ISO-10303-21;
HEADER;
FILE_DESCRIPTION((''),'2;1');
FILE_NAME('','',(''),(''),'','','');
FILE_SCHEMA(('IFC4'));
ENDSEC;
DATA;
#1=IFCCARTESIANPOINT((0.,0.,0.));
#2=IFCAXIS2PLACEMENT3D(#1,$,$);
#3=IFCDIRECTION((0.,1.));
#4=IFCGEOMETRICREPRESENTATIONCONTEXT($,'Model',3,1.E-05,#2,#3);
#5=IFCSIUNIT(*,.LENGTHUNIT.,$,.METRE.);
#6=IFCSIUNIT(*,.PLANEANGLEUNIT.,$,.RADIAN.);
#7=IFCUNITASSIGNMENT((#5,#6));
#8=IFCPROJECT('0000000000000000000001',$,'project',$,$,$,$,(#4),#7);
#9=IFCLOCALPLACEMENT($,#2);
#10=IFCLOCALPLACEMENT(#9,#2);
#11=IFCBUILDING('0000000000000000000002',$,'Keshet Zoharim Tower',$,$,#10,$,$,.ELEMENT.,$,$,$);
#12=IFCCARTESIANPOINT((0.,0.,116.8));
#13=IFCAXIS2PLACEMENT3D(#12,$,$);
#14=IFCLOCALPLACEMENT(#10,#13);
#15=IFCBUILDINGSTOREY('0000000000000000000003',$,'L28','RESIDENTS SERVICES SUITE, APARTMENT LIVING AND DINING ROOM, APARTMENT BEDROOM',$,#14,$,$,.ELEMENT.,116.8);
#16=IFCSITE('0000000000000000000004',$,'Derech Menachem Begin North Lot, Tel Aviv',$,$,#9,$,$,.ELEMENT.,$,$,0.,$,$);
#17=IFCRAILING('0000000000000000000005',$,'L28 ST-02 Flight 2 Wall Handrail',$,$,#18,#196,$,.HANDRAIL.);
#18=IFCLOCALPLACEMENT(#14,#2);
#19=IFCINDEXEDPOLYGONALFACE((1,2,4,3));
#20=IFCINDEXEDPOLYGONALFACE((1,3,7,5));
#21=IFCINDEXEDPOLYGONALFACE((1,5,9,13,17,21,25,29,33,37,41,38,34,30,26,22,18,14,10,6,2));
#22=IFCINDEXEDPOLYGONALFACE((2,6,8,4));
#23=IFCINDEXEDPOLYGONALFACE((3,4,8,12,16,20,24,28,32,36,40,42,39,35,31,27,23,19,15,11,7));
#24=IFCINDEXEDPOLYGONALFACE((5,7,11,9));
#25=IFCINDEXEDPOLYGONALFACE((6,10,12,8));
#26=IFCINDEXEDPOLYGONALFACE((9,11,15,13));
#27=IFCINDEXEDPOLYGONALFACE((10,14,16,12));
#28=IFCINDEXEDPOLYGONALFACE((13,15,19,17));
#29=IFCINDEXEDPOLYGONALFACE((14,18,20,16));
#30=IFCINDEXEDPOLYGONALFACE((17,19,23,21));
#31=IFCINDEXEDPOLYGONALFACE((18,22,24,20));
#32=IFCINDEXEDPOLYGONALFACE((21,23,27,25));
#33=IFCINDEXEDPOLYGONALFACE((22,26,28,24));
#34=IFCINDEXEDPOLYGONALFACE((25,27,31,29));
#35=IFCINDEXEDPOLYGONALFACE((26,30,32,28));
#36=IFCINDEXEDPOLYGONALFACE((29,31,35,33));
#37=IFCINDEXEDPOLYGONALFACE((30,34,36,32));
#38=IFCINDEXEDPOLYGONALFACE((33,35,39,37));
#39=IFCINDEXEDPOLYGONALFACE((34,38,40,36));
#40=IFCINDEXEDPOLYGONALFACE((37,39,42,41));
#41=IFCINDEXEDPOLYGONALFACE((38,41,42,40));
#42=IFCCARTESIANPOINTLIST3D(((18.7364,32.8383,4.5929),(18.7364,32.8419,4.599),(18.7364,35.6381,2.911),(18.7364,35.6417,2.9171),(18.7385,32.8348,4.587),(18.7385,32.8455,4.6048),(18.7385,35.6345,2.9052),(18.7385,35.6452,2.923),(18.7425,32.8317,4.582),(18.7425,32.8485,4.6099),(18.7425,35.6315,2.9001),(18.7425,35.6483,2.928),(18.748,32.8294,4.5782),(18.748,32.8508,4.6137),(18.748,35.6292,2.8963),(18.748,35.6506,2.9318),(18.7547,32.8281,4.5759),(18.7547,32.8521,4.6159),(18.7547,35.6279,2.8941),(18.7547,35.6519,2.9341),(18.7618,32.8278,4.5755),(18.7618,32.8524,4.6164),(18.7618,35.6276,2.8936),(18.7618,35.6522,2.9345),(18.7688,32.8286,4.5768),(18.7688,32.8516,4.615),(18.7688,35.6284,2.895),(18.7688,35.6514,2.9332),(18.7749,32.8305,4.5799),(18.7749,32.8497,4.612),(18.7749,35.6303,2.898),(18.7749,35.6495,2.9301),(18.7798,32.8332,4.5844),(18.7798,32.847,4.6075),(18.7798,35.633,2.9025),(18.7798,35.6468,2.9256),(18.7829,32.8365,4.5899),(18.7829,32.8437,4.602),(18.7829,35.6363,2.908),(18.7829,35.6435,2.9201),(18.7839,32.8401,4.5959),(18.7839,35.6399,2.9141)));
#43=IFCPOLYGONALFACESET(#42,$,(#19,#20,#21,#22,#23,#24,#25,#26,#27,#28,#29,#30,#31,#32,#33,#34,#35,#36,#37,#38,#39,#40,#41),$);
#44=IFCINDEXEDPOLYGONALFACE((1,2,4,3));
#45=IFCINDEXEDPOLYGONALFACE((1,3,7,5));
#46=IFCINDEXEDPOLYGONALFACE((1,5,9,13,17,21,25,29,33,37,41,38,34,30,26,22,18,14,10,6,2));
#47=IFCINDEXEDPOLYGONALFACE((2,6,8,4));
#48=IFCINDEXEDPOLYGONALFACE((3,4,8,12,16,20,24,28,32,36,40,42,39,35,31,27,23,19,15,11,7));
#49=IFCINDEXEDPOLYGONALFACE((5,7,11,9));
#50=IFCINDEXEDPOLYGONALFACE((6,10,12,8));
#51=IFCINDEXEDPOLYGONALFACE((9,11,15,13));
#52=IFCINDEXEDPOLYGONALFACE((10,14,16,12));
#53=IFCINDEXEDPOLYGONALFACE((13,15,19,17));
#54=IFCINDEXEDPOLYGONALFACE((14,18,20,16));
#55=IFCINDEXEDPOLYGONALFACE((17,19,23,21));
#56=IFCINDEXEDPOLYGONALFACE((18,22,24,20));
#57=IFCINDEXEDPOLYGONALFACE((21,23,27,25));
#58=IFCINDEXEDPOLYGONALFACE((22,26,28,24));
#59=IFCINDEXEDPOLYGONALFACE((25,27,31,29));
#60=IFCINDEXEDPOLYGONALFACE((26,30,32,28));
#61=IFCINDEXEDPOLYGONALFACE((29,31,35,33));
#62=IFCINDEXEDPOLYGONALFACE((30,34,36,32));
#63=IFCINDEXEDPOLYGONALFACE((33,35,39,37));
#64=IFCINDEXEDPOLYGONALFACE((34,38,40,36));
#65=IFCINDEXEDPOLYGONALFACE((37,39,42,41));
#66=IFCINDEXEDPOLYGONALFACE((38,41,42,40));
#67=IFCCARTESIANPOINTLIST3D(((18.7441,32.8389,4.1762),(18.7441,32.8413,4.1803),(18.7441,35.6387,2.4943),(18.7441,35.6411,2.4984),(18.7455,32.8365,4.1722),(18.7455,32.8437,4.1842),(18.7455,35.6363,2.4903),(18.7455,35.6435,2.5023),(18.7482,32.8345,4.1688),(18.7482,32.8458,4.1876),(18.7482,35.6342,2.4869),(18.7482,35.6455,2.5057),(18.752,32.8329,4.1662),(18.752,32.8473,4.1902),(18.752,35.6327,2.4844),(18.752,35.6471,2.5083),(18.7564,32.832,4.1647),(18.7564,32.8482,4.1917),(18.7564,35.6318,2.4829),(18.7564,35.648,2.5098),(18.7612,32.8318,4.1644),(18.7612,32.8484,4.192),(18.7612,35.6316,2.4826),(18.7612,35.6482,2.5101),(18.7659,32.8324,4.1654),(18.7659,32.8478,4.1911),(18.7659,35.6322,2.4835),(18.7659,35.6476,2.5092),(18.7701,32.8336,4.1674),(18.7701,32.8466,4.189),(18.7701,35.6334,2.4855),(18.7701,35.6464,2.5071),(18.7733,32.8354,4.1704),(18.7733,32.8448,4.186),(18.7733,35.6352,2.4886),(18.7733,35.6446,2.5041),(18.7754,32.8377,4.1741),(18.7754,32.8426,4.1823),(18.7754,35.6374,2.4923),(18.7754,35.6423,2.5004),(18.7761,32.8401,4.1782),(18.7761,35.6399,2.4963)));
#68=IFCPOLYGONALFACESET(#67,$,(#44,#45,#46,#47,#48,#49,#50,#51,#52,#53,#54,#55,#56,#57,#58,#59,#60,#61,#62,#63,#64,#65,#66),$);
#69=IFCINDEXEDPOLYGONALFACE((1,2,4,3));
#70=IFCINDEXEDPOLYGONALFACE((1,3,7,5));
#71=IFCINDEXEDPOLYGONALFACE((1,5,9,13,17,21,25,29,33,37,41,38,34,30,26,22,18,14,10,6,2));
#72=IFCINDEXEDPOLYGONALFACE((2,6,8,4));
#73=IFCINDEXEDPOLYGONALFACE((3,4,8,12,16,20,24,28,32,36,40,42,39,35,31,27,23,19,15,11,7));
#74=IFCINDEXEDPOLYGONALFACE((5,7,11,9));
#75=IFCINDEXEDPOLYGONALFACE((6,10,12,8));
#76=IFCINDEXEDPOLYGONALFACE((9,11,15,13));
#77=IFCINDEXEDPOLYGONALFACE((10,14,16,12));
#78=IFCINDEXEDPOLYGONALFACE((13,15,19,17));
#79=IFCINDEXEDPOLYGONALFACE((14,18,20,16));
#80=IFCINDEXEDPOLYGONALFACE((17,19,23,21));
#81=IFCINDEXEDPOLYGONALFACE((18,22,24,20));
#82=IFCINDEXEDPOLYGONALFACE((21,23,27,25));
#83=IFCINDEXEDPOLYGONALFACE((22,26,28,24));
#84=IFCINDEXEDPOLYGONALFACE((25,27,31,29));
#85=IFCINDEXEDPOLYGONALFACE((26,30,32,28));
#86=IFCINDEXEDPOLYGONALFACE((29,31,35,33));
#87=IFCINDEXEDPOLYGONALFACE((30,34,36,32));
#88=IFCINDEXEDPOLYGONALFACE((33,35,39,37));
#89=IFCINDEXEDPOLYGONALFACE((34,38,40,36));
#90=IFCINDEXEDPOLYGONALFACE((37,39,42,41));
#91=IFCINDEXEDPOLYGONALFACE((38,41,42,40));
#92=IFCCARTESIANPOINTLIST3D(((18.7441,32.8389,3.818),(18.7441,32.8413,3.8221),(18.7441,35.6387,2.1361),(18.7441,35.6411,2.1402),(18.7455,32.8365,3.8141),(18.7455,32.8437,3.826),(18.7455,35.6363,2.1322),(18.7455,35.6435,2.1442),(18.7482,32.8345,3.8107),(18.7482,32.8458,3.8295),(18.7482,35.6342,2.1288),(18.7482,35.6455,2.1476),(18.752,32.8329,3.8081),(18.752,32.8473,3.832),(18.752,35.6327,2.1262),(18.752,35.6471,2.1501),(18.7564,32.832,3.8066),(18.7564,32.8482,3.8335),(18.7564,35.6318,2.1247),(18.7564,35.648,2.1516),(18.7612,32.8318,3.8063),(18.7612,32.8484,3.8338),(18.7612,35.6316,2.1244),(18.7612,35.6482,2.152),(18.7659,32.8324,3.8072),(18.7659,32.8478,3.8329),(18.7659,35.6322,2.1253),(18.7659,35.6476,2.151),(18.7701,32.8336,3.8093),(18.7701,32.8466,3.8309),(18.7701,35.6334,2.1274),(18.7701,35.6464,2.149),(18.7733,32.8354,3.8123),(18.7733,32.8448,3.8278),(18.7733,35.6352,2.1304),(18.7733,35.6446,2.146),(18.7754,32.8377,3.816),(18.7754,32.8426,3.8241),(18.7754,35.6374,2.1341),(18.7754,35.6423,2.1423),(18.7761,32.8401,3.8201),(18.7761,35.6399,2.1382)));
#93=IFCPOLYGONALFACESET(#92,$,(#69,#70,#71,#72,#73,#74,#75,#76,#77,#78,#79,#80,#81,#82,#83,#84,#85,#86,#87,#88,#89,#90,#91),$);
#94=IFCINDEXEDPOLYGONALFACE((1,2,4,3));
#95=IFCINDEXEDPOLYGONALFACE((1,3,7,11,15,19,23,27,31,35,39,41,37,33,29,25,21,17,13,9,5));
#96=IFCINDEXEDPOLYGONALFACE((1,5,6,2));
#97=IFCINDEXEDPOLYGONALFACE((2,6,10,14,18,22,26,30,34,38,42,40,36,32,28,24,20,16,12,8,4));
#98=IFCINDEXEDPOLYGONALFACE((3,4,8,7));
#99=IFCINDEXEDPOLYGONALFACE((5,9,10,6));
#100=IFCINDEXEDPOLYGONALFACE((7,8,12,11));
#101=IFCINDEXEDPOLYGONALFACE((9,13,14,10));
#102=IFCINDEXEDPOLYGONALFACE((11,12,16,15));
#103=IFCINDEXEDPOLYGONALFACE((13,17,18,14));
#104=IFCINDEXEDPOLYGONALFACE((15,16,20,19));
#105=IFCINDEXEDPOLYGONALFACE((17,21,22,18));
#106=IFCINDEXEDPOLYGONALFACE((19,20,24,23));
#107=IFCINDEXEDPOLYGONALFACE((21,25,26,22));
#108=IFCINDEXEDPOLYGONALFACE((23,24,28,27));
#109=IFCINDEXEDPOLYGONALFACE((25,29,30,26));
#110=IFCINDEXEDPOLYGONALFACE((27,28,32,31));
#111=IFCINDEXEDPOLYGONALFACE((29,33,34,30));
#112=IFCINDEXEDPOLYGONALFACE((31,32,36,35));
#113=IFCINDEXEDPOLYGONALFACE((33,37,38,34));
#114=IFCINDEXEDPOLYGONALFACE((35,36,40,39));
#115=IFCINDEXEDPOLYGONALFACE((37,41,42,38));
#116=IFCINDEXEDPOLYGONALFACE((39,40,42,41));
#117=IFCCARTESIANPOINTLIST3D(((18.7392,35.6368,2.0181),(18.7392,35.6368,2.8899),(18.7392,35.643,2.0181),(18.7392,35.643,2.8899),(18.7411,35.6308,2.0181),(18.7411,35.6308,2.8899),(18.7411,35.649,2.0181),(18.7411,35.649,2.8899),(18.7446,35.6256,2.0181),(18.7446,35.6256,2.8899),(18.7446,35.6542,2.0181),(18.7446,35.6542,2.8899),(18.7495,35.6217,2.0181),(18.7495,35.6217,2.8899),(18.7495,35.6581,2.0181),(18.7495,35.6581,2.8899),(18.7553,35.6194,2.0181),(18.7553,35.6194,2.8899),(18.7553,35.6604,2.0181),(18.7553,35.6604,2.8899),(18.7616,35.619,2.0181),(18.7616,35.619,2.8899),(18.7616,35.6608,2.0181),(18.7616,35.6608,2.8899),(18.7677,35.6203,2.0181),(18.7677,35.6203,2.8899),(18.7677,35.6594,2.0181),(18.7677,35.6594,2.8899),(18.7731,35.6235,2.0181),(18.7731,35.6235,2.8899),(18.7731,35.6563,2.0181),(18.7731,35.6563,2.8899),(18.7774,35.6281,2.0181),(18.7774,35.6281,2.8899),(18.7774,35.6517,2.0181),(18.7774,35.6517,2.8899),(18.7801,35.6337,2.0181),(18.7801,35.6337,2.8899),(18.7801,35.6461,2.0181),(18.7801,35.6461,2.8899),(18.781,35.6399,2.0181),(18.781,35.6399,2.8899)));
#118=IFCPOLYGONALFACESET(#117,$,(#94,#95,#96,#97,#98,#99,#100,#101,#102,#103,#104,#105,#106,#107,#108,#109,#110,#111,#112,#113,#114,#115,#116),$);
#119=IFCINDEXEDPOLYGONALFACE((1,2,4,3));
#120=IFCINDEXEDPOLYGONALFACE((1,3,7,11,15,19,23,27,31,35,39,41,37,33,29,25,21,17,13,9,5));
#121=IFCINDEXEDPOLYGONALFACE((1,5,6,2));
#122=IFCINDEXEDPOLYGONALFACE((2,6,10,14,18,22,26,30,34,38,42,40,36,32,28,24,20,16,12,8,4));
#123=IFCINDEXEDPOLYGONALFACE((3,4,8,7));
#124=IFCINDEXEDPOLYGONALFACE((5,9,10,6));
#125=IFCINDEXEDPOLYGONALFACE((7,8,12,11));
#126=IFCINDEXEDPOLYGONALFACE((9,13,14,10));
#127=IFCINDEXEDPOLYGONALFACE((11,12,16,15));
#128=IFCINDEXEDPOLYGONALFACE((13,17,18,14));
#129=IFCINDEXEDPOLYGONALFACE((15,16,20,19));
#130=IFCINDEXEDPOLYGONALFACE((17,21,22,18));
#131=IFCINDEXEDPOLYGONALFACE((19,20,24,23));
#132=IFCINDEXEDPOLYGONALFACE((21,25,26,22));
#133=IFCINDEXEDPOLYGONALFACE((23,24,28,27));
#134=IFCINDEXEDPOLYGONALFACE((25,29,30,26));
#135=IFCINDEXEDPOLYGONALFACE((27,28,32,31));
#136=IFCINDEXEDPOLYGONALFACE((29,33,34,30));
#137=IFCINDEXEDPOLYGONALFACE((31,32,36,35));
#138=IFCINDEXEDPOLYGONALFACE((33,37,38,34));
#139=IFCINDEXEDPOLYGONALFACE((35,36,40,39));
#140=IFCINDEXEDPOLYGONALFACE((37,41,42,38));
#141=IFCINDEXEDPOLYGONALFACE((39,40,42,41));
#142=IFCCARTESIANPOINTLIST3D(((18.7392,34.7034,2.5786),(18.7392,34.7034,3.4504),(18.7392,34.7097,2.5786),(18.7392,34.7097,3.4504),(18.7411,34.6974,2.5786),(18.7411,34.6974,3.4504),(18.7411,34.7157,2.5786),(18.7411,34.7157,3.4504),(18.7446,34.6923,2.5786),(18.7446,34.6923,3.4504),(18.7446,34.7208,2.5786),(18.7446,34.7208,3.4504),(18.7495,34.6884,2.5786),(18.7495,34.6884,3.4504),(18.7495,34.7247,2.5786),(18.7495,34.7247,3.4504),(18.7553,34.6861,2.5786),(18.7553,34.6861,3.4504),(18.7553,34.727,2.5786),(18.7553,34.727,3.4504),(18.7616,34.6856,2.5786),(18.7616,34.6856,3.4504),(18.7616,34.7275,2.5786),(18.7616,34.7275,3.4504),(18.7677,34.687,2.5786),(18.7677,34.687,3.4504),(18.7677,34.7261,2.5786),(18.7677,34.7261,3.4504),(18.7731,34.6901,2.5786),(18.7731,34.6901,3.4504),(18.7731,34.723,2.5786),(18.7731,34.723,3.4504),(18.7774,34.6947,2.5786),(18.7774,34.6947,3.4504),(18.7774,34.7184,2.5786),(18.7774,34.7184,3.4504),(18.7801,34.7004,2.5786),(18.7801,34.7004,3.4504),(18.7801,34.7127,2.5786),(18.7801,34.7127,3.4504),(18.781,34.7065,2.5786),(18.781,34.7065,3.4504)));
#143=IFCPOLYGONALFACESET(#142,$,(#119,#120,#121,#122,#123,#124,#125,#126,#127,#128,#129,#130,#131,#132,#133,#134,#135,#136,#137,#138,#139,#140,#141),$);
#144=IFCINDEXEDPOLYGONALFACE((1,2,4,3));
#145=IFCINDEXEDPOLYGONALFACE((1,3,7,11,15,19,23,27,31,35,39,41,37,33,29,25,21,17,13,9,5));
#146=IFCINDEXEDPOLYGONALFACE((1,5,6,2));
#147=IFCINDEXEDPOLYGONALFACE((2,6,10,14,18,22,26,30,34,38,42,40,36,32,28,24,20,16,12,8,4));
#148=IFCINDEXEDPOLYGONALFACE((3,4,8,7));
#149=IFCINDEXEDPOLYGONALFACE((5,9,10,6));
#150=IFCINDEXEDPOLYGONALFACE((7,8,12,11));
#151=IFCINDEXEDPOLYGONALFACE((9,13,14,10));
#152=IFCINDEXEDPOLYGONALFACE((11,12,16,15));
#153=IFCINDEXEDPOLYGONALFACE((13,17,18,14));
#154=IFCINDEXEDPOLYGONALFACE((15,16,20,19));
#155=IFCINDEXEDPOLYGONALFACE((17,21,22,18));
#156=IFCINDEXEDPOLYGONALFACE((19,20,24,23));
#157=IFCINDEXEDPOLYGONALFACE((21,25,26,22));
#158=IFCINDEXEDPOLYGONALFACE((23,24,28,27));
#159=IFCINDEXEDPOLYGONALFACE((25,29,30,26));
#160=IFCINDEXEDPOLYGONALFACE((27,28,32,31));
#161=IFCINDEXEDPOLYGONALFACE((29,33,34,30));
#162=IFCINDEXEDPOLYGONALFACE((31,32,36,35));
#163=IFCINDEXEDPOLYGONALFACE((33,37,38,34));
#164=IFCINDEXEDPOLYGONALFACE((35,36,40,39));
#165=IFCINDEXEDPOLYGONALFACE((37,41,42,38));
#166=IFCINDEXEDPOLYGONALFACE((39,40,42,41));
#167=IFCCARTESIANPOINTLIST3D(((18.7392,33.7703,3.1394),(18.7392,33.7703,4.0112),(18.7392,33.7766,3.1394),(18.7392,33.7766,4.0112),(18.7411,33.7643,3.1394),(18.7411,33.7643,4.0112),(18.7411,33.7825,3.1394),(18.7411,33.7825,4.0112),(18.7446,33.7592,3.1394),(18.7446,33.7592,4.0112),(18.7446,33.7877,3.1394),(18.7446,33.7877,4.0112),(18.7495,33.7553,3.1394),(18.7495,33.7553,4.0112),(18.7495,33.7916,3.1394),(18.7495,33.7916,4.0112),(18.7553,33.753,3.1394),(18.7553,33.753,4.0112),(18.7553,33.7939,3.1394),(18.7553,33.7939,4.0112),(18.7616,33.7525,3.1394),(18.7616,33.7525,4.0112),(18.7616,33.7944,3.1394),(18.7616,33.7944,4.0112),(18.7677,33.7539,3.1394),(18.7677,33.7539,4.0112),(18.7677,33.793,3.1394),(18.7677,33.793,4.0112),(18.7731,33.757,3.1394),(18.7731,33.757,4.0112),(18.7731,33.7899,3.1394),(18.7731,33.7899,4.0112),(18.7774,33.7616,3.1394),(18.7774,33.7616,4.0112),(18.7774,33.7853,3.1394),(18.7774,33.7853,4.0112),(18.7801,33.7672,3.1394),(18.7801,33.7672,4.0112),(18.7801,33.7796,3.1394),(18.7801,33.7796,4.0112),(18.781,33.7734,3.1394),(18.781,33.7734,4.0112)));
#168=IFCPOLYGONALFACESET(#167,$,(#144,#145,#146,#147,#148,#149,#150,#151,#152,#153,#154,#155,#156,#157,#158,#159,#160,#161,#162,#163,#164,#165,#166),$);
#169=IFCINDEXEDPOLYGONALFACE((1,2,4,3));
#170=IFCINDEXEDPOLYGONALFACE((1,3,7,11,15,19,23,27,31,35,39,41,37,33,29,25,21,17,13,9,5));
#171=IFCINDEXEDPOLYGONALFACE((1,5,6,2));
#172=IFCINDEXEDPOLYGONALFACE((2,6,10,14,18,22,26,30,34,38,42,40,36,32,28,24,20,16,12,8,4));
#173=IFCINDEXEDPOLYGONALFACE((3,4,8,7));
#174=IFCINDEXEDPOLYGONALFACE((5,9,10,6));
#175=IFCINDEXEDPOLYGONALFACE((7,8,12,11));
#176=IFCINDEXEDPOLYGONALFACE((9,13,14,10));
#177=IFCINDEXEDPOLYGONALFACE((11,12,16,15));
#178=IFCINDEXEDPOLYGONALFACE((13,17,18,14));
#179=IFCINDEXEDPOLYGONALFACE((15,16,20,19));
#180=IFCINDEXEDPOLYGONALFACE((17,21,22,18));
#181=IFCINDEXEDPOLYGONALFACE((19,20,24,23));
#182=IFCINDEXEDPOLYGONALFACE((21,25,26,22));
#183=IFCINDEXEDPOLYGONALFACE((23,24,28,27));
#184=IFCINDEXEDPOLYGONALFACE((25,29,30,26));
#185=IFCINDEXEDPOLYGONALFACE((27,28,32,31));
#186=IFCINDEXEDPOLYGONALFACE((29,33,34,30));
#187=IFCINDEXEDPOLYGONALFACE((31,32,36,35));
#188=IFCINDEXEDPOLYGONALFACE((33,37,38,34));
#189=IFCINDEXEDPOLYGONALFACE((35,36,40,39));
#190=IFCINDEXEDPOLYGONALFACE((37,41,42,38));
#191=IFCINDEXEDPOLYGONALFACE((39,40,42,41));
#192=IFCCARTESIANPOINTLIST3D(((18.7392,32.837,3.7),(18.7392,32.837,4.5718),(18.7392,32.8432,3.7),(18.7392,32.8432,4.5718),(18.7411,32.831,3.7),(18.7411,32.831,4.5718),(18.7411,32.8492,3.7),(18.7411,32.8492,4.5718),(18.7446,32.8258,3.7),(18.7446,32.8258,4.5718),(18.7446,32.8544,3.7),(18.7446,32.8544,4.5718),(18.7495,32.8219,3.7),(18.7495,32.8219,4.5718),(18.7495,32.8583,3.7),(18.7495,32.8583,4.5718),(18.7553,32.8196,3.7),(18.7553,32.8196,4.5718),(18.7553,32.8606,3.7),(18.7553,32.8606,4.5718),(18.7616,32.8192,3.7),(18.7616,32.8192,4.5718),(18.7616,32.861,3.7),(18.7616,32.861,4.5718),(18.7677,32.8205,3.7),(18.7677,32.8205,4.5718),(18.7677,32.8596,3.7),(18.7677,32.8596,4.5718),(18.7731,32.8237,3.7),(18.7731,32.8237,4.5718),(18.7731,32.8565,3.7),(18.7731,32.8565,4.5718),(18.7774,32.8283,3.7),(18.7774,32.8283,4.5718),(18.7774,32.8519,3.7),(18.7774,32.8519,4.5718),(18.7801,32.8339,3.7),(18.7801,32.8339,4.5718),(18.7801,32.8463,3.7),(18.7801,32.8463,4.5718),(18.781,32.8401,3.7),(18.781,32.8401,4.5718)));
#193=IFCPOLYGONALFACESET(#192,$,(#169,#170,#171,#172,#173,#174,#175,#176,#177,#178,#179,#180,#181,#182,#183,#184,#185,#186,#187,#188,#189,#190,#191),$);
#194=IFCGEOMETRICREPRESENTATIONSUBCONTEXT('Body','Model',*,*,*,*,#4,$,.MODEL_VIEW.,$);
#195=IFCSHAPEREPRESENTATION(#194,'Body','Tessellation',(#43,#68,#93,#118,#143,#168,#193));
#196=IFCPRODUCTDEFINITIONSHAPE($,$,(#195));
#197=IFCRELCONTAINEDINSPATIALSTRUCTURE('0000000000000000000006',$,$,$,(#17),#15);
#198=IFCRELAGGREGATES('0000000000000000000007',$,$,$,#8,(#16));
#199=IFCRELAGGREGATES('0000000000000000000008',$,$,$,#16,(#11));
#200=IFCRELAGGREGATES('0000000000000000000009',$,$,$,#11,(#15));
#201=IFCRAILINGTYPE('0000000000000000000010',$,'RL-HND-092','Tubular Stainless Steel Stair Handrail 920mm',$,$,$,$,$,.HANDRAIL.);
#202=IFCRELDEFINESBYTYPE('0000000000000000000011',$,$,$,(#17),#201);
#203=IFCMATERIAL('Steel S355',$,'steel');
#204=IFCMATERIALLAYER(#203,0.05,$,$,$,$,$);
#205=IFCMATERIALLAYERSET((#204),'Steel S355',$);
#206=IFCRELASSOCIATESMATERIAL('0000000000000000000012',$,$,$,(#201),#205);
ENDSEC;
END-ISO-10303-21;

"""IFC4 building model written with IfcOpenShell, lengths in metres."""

from ifc_helpers import new_model, si_unit, direction, frame, origin, origin_2d, place, context, subcontext, project, spatial, circle, extrude, material, layer, layer_set, type_object, element, save


model = new_model("IFC4")

# Units and contexts
model_context = context("Model", 3, precision=1e-05, world=origin(), true_north=direction((0.0, 1.0)))
body_context = subcontext(model_context, "Body", "Model", "MODEL_VIEW")
ifc_project = project(units=[si_unit("LENGTHUNIT", "METRE"), si_unit("PLANEANGLEUNIT", "RADIAN")], contexts=[model_context])

# Site, building, storey
site_placement = place(None, origin())
site = spatial("IfcSite", under=ifc_project, at=site_placement, Name="Derech Menachem Begin North Lot, Tel Aviv", CompositionType="ELEMENT", RefElevation=0.0)
building_placement = place(site_placement, origin())
building = spatial("IfcBuilding", under=site, at=building_placement, Name="Keshet Zoharim Tower", CompositionType="ELEMENT")
storey_placement = place(building_placement, frame((0.0, 0.0, 116.8)))
storey = spatial("IfcBuildingStorey", under=building, at=storey_placement, Name="L28", Description="RESIDENTS SERVICES SUITE, APARTMENT LIVING AND DINING ROOM, APARTMENT BEDROOM", CompositionType="ELEMENT", Elevation=116.8)

# Shared definitions
ifc_material_1 = material(Name="Steel S355", Category="steel")

# Railing
ifc_layer_1 = layer(ifc_material_1, 0.05)
ifc_layer_set_1 = layer_set([ifc_layer_1], Name="Steel S355")
railing_type_1 = type_object("IfcRailingType", Name="RL-HND-092", Description="Tubular Stainless Steel Stair Handrail 920mm", PredefinedType="HANDRAIL", material=ifc_layer_set_1)
railing_1_placement = place(storey_placement, frame((18.76, 35.6399, 2.0181)))
element("IfcRailing", 1, at=railing_1_placement, inside=storey, type_object=railing_type_1, Name="L28 ST-02 Flight 2 Wall Handrail", PredefinedType="HANDRAIL", context=body_context, shape_type="SweptSolid", body=[
    extrude(circle(Radius=0.0239, at=origin_2d()), frame((0.0, 0.0, 0.896), z_axis=(0.0, -0.857222, 0.514946), x_axis=(1.0, 0.0, 0.0)), (0.0, 0.0, 1.0), 3.2661),
    extrude(circle(Radius=0.0161, at=origin_2d()), frame((0.0, 0.0, 0.4783), z_axis=(0.0, -0.857222, 0.514946), x_axis=(1.0, 0.0, 0.0)), (0.0, 0.0, 1.0), 3.2661),
    extrude(circle(Radius=0.0161, at=origin_2d()), frame((0.0, 0.0, 0.1201), z_axis=(0.0, -0.857222, 0.514946), x_axis=(1.0, 0.0, 0.0)), (0.0, 0.0, 1.0), 3.2661),
    extrude(circle(Radius=0.021, at=origin_2d()), origin(), (0.0, 0.0, 1.0), 0.8718),
    extrude(circle(Radius=0.021, at=origin_2d()), frame((0.0, -0.9333, 0.5605)), (0.0, 0.0, 1.0), 0.8718),
    extrude(circle(Radius=0.021, at=origin_2d()), frame((0.0, -1.8665, 1.1213)), (0.0, 0.0, 1.0), 0.8718),
    extrude(circle(Radius=0.021, at=origin_2d()), frame((0.0, -2.7998, 1.6819)), (0.0, 0.0, 1.0), 0.8718),
])

save(model, "model.ifc")
